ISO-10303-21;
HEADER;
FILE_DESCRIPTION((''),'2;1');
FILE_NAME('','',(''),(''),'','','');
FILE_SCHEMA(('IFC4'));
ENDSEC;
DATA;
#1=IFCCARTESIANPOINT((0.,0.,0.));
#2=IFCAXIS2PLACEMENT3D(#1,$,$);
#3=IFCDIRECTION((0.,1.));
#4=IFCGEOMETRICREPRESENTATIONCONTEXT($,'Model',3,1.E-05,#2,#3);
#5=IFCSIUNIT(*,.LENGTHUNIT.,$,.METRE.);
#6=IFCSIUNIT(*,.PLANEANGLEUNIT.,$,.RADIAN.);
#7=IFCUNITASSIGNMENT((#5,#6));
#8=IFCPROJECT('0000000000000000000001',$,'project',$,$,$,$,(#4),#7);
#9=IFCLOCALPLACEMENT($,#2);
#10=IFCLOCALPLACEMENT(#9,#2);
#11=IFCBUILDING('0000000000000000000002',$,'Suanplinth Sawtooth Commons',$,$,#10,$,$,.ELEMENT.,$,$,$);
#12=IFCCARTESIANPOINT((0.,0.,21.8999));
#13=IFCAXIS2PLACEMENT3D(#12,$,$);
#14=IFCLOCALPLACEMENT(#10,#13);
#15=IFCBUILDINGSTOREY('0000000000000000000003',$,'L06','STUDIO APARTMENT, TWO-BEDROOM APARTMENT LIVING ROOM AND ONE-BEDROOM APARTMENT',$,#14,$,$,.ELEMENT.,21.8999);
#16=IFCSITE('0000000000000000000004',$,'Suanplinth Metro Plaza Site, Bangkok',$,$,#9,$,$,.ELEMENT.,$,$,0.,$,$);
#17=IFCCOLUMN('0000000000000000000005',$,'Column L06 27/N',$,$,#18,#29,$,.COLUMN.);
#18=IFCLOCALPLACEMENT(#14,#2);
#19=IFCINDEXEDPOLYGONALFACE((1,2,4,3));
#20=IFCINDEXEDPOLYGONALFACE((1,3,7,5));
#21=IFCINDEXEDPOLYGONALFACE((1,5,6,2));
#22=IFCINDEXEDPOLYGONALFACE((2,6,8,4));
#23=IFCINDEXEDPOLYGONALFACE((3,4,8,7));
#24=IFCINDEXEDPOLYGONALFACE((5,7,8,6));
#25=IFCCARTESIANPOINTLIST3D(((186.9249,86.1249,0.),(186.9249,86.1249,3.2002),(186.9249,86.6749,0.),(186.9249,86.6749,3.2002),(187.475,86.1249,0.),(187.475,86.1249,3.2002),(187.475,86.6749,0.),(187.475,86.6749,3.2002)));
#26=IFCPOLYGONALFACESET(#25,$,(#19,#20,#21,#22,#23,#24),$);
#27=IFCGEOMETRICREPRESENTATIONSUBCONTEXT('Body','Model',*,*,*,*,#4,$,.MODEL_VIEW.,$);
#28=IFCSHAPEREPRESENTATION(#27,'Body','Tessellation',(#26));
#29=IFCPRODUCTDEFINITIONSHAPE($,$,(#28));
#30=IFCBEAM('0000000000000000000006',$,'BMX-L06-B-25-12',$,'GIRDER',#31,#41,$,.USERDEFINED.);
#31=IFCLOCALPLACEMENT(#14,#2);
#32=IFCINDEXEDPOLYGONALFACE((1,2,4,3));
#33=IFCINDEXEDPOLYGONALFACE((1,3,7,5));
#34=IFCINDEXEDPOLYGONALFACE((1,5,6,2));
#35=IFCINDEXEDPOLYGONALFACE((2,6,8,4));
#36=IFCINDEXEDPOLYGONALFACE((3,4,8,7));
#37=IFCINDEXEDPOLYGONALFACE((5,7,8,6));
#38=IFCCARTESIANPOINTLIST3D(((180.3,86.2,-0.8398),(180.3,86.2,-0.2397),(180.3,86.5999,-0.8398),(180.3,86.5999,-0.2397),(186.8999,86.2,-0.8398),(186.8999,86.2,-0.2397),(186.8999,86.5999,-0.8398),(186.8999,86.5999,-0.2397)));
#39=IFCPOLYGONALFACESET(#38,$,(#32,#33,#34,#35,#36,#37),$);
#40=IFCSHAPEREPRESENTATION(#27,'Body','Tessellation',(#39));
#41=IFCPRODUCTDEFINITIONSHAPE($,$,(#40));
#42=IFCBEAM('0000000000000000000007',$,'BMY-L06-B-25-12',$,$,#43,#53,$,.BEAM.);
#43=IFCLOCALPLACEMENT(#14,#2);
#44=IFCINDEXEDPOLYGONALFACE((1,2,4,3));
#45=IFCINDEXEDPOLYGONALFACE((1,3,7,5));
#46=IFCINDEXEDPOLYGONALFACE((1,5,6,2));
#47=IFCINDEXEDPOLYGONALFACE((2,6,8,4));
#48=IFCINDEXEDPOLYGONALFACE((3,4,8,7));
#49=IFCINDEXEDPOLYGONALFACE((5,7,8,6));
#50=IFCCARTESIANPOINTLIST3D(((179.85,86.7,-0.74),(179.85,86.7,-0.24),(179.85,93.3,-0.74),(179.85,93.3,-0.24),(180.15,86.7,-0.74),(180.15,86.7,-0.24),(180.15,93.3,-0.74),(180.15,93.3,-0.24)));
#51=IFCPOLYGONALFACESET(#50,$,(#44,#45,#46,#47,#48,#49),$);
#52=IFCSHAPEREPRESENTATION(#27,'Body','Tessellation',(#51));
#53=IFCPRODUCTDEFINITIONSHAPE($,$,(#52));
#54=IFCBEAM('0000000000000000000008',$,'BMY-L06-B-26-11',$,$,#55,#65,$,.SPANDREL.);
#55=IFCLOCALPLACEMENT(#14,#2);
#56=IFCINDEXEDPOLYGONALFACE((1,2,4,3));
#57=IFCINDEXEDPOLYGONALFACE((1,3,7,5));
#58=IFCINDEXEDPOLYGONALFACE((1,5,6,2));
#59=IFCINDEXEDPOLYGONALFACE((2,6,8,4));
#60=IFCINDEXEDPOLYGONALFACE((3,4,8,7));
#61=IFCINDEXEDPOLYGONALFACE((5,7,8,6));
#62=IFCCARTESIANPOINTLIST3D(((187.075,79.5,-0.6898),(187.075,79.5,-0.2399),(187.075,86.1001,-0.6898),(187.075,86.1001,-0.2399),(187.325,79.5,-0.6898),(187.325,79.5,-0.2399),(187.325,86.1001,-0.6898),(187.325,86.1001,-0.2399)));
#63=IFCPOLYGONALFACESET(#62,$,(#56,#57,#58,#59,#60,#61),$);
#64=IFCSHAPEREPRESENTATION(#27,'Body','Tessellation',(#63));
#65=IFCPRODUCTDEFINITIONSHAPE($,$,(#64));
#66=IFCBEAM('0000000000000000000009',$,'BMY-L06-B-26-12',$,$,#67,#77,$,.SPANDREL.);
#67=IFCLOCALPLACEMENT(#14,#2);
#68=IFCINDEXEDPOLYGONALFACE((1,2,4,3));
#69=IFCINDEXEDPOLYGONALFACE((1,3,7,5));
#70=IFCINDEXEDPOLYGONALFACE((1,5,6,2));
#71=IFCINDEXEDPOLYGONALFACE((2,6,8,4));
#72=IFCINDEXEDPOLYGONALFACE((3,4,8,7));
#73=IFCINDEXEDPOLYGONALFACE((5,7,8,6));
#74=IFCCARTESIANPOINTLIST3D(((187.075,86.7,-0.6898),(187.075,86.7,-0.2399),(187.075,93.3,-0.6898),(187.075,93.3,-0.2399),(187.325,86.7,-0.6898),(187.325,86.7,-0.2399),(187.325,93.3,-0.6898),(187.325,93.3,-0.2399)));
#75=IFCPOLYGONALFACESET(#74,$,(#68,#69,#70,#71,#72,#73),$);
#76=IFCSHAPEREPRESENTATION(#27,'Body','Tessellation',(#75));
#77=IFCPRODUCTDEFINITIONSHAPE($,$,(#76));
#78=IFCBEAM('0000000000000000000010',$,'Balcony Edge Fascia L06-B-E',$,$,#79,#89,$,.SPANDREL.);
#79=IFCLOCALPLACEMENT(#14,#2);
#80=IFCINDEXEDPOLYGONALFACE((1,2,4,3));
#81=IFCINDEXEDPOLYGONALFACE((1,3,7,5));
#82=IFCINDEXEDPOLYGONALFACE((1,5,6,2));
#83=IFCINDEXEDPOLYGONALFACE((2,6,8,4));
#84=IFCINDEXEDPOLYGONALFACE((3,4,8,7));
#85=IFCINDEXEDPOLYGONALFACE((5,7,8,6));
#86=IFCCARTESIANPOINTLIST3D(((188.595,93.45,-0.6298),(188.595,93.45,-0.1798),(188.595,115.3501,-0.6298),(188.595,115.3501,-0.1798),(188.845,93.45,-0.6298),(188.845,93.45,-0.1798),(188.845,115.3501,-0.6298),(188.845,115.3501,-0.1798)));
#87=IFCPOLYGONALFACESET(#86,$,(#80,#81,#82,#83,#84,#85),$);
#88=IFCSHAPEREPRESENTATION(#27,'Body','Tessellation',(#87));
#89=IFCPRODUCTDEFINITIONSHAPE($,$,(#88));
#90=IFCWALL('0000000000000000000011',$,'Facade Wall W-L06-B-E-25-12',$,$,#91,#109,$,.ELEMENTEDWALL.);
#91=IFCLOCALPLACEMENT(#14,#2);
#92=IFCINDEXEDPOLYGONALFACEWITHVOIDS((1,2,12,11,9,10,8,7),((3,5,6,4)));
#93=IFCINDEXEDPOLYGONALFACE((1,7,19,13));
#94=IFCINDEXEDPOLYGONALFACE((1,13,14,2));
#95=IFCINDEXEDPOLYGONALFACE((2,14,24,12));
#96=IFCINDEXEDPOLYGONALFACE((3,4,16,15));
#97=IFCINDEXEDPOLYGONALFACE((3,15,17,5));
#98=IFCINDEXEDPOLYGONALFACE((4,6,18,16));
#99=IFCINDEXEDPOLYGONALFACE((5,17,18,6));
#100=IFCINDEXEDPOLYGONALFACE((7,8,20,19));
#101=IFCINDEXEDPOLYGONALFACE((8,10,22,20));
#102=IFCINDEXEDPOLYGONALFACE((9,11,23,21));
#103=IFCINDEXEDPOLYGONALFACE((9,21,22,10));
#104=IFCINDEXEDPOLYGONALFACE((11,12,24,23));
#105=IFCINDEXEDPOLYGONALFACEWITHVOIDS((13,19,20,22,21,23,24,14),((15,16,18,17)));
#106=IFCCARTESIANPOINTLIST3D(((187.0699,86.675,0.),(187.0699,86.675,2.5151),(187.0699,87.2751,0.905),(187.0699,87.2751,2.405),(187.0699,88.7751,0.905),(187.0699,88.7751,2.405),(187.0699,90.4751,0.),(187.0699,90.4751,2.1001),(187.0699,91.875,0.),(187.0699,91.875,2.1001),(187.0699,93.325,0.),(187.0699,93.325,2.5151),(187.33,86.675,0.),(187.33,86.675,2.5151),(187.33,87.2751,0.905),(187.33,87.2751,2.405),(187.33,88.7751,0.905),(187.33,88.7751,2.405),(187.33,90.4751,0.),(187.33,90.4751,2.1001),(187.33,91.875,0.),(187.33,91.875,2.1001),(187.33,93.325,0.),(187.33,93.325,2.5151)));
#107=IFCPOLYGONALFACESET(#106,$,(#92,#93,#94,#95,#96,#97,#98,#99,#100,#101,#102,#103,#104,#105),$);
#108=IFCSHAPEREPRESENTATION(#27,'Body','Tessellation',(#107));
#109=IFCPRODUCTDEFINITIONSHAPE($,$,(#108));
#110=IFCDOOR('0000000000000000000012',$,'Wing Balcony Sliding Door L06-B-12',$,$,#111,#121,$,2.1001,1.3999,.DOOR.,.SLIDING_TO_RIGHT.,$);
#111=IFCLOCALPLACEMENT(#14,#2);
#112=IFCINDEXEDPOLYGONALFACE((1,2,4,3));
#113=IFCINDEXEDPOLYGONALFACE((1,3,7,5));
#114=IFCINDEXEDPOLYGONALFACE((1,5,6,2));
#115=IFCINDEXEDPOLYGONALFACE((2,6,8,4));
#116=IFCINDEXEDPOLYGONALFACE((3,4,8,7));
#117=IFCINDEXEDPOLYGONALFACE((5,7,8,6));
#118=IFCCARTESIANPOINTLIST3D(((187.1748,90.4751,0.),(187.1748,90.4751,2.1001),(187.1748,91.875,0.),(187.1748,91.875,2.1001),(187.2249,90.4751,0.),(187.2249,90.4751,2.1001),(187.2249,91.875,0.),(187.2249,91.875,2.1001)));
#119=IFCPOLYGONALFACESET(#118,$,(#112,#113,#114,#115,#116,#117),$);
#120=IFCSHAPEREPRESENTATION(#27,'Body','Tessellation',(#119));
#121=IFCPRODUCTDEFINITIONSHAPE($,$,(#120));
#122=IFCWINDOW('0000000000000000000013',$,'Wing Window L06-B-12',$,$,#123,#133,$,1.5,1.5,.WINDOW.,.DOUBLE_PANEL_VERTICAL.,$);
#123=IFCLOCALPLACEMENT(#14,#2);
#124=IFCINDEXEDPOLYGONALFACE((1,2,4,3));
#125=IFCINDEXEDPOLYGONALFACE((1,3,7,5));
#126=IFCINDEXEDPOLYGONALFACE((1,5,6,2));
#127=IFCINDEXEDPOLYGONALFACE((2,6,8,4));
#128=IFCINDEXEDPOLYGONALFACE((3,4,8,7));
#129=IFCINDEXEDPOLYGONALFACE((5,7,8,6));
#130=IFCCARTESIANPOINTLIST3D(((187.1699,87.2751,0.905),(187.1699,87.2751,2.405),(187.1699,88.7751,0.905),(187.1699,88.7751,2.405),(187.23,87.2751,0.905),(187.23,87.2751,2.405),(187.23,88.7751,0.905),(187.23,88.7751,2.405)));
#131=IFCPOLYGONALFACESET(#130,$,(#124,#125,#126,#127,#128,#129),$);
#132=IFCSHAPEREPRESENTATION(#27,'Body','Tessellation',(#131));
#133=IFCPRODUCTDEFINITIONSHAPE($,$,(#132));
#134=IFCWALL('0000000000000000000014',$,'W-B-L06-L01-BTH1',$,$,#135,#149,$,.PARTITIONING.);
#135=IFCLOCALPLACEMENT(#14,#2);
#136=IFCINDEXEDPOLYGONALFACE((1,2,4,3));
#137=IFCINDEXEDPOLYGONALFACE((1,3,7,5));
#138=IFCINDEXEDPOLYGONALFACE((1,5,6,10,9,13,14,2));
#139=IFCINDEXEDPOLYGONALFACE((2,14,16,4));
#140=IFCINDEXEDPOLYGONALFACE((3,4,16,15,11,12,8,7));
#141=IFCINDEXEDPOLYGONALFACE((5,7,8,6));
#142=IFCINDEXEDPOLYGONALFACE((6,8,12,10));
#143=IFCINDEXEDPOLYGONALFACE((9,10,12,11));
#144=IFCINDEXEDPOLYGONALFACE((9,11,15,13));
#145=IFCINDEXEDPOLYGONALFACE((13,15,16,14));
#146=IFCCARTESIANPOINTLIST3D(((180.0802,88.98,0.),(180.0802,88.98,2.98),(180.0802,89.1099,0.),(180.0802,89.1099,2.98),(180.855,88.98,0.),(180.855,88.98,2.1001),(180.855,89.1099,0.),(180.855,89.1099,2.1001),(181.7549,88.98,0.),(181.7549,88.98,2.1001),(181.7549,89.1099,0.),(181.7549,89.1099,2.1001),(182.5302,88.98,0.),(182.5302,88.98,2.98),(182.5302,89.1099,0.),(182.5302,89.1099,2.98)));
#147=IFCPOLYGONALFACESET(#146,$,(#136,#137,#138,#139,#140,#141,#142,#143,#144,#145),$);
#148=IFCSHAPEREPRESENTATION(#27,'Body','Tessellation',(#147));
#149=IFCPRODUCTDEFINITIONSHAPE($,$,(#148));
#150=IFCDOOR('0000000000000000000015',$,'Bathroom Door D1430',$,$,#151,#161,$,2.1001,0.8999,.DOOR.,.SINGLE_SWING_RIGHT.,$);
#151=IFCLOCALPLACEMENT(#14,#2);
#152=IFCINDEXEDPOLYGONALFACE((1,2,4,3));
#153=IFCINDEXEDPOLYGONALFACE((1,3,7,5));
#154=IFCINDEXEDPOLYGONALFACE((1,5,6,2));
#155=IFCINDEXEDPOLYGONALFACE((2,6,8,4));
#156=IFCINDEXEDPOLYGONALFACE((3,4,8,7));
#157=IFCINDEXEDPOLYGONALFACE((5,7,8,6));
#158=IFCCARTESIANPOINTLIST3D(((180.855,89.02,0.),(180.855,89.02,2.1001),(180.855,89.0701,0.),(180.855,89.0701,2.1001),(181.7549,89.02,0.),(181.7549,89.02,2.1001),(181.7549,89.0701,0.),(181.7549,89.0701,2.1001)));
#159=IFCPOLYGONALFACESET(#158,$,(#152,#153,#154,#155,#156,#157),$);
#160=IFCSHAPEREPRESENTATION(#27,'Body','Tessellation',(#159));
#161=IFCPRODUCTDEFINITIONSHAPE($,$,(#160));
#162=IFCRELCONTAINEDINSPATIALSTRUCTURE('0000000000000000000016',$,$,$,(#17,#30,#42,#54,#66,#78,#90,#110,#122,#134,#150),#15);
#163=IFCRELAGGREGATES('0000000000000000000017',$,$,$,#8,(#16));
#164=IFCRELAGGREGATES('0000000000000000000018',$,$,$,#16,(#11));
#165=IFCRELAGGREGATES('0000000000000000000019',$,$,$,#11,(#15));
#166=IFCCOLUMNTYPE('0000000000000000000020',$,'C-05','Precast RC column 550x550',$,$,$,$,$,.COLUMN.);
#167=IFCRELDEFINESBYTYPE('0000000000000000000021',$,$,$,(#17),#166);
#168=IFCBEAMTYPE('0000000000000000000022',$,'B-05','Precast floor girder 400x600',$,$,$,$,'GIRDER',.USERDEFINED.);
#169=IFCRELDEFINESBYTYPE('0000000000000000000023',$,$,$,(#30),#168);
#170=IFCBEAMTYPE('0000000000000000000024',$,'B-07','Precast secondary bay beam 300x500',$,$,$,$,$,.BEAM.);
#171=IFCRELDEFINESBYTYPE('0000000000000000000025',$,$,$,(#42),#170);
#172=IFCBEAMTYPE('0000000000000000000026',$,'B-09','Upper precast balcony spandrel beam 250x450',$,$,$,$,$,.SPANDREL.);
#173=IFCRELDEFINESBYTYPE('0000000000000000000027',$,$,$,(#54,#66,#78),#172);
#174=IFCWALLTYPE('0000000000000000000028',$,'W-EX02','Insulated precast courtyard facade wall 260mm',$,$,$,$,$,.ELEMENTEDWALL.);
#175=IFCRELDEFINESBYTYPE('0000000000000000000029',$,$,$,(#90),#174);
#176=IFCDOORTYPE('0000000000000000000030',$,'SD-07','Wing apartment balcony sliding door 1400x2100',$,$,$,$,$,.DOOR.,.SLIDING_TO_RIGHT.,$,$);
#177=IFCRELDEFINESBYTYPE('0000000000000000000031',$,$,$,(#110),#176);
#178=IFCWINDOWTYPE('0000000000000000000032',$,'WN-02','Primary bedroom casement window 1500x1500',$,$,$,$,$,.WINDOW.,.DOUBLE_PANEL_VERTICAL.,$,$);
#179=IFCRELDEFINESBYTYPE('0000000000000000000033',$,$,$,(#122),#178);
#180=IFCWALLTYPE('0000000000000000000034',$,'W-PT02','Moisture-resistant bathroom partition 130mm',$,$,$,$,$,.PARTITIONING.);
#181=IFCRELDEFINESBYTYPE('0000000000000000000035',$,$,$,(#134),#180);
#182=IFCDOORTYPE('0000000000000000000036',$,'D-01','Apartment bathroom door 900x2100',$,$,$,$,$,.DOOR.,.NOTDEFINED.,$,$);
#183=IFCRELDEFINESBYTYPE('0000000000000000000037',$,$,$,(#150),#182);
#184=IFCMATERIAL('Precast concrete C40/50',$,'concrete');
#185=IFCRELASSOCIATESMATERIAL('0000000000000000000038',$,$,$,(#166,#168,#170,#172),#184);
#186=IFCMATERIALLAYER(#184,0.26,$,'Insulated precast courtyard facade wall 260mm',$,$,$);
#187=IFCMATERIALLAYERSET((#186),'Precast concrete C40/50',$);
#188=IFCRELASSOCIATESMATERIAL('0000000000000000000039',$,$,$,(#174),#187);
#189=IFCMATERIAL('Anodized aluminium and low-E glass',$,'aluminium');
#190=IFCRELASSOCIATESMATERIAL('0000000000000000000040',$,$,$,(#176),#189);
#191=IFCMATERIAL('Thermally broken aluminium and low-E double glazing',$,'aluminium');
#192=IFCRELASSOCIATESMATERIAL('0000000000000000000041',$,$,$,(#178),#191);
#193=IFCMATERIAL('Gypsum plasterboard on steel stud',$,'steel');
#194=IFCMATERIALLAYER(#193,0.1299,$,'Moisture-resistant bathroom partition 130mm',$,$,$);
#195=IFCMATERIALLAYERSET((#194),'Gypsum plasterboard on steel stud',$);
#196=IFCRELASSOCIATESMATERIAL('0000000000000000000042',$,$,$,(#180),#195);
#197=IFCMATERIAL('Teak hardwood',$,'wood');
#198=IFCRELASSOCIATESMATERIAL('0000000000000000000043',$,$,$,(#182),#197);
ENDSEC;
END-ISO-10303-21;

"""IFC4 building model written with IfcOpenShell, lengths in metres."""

from ifc_helpers import new_model, si_unit, direction, frame, frame_2d, origin, origin_2d, place, context, subcontext, project, spatial, rectangle, extrude, material, layer, layer_set, material_profile, profile_set, type_object, element, fill, save


model = new_model("IFC4")

# Units and contexts
model_context = context("Model", 3, precision=1e-05, world=origin(), true_north=direction((0.0, 1.0)))
body_context = subcontext(model_context, "Body", "Model", "MODEL_VIEW")
ifc_project = project(units=[si_unit("LENGTHUNIT", "METRE"), si_unit("PLANEANGLEUNIT", "RADIAN")], contexts=[model_context])

# Site, building, storey
site_placement = place(None, origin())
site = spatial("IfcSite", under=ifc_project, at=site_placement, Name="Suanplinth Metro Plaza Site, Bangkok", CompositionType="ELEMENT", RefElevation=0.0)
building_placement = place(site_placement, origin())
building = spatial("IfcBuilding", under=site, at=building_placement, Name="Suanplinth Sawtooth Commons", CompositionType="ELEMENT")
storey_placement = place(building_placement, frame((0.0, 0.0, 21.8999)))
storey = spatial("IfcBuildingStorey", under=building, at=storey_placement, Name="L06", Description="STUDIO APARTMENT, TWO-BEDROOM APARTMENT LIVING ROOM AND ONE-BEDROOM APARTMENT", CompositionType="ELEMENT", Elevation=21.8999)

# Column
ifc_material_1 = material(Name="Precast concrete C40/50", Category="concrete")
ifc_material_profile_1 = material_profile(ifc_material_1, rectangle(XDim=0.55, YDim=0.55, at=origin_2d()), Name="PC-COL 550x550")
ifc_profile_set_1 = profile_set([ifc_material_profile_1], Name="Precast concrete C40/50")
column_type = type_object("IfcColumnType", Name="C-05", Description="Precast RC column 550x550", PredefinedType="COLUMN", material=ifc_profile_set_1)
column_placement = place(storey_placement, frame((187.2, 86.3999, 0.0), z_axis=(0.0, 0.0, 1.0), x_axis=(1.0, 0.0, 0.0)))
element("IfcColumn", 1, at=column_placement, inside=storey, type_object=column_type, Name="Column L06 27/N", PredefinedType="COLUMN", context=body_context, shape_type="SweptSolid", body=[
    extrude(rectangle(XDim=0.55, YDim=0.55, at=origin_2d()), origin(), (0.0, 0.0, 1.0), 3.2002),
])

# Beams
ifc_material_profile_2 = material_profile(ifc_material_1, rectangle(XDim=0.3999, YDim=0.6001, at=origin_2d()), Name="PC-GDR 400x600")
ifc_profile_set_2 = profile_set([ifc_material_profile_2], Name="Precast concrete C40/50")
beam_type_1 = type_object("IfcBeamType", Name="B-05", Description="Precast floor girder 400x600", ElementType="GIRDER", PredefinedType="USERDEFINED", material=ifc_profile_set_2)
beam_1_placement = place(storey_placement, frame((180.3, 86.3999, -0.5398), z_axis=(1.0, 0.0, 0.0), x_axis=(0.0, 1.0, 0.0)))
element("IfcBeam", 2, at=beam_1_placement, inside=storey, type_object=beam_type_1, Name="BMX-L06-B-25-12", ObjectType="GIRDER", PredefinedType="USERDEFINED", context=body_context, shape_type="SweptSolid", body=[
    extrude(rectangle(XDim=0.3999, YDim=0.6001, at=origin_2d()), origin(), (0.0, 0.0, 1.0), 6.5999),
])
ifc_material_profile_3 = material_profile(ifc_material_1, rectangle(XDim=0.3, YDim=0.5, at=origin_2d()), Name="PC-BM 300x500")
ifc_profile_set_3 = profile_set([ifc_material_profile_3], Name="Precast concrete C40/50")
beam_type_2 = type_object("IfcBeamType", Name="B-07", Description="Precast secondary bay beam 300x500", PredefinedType="BEAM", material=ifc_profile_set_3)
beam_2_placement = place(storey_placement, frame((180.0, 86.7, -0.49), z_axis=(0.0, 1.0, 0.0), x_axis=(-1.0, 0.0, 0.0)))
element("IfcBeam", 3, at=beam_2_placement, inside=storey, type_object=beam_type_2, Name="BMY-L06-B-25-12", PredefinedType="BEAM", context=body_context, shape_type="SweptSolid", body=[
    extrude(rectangle(XDim=0.3, YDim=0.5, at=origin_2d()), origin(), (0.0, 0.0, 1.0), 6.6001),
])
ifc_material_profile_4 = material_profile(ifc_material_1, rectangle(XDim=0.25, YDim=0.45, at=origin_2d()), Name="PC-SP 250x450")
ifc_profile_set_4 = profile_set([ifc_material_profile_4], Name="Precast concrete C40/50")
beam_type_3 = type_object("IfcBeamType", Name="B-09", Description="Upper precast balcony spandrel beam 250x450", PredefinedType="SPANDREL", material=ifc_profile_set_4)
for number, where, z_axis, x_axis, name in (
    (4, (187.2, 79.5, -0.4648), (0.0, 1.0, 0.0), (-1.0, 0.0, 0.0), "BMY-L06-B-26-11"),
    (5, (187.2, 86.7, -0.4648), (0.0, 1.0, 0.0), (-1.0, 0.0, 0.0), "BMY-L06-B-26-12"),
):
    element("IfcBeam", number, at=place(storey_placement, frame(where, z_axis=z_axis, x_axis=x_axis)), inside=storey, type_object=beam_type_3, Name=name, PredefinedType="SPANDREL", context=body_context, shape_type="SweptSolid", body=[
        extrude(rectangle(XDim=0.25, YDim=0.45, at=origin_2d()), origin(), (0.0, 0.0, 1.0), 6.6001),
    ])
beam_3_placement = place(storey_placement, frame((188.72, 93.45, -0.4048), z_axis=(0.0, 1.0, 0.0), x_axis=(-1.0, 0.0, 0.0)))
element("IfcBeam", 6, at=beam_3_placement, inside=storey, type_object=beam_type_3, Name="Balcony Edge Fascia L06-B-E", PredefinedType="SPANDREL", context=body_context, shape_type="SweptSolid", body=[
    extrude(rectangle(XDim=0.25, YDim=0.45, at=origin_2d()), origin(), (0.0, 0.0, 1.0), 21.9001),
])

# Shared definitions
ifc_layer_1 = layer(ifc_material_1, 0.26, Name="Insulated precast courtyard facade wall 260mm")
ifc_layer_set_1 = layer_set([ifc_layer_1], Name="Precast concrete C40/50")
wall_type_1 = type_object("IfcWallType", Name="W-EX02", Description="Insulated precast courtyard facade wall 260mm", PredefinedType="ELEMENTEDWALL", material=ifc_layer_set_1)
ifc_material_2 = material(Name="Anodized aluminium and low-E glass", Category="aluminium")

# Wall, openings, door, window
wall_1_placement = place(storey_placement, frame((187.2, 86.675, 0.0), z_axis=(0.0, 0.0, 1.0), x_axis=(0.0, 1.0, 0.0)))
wall_1 = element("IfcWall", 7, at=wall_1_placement, inside=storey, type_object=wall_type_1, Name="Facade Wall W-L06-B-E-25-12", PredefinedType="ELEMENTEDWALL", context=body_context, shape_type="SweptSolid", body=[
    extrude(rectangle(XDim=6.6499, YDim=0.26, at=frame_2d((3.325, 0.0))), origin(), (0.0, 0.0, 1.0), 2.5151),
])
opening_1_placement = place(wall_1_placement, frame((3.8, 0.0, 0.0)))
opening_1 = element("IfcOpeningElement", 8, at=opening_1_placement, cuts=wall_1, PredefinedType="OPENING", context=body_context, shape_type="SweptSolid", body=[
    extrude(rectangle(XDim=1.3999, YDim=2.1001, at=frame_2d((0.7, 1.05))), frame((0.0, 0.145, 0.0), z_axis=(0.0, -1.0, 0.0), x_axis=(1.0, 0.0, 0.0)), (0.0, 0.0, 1.0), 0.2898),
])
opening_2_placement = place(wall_1_placement, frame((0.6001, 0.0, 0.905)))
opening_2 = element("IfcOpeningElement", 9, at=opening_2_placement, cuts=wall_1, PredefinedType="OPENING", context=body_context, shape_type="SweptSolid", body=[
    extrude(rectangle(XDim=1.5, YDim=1.5, at=frame_2d((0.75, 0.75))), frame((0.0, 0.145, 0.0), z_axis=(0.0, -1.0, 0.0), x_axis=(1.0, 0.0, 0.0)), (0.0, 0.0, 1.0), 0.2898),
])
door_type_1 = type_object("IfcDoorType", Name="SD-07", Description="Wing apartment balcony sliding door 1400x2100", OperationType="SLIDING_TO_RIGHT", PredefinedType="DOOR", material=ifc_material_2)
door_1_placement = place(opening_1_placement, frame((1.3999, 0.0, 0.0), z_axis=(0.0, 0.0, 1.0), x_axis=(-1.0, 0.0, 0.0)))
door_1 = element("IfcDoor", 10, at=door_1_placement, inside=storey, type_object=door_type_1, Name="Wing Balcony Sliding Door L06-B-12", OperationType="SLIDING_TO_RIGHT", OverallHeight=2.1001, OverallWidth=1.3999, PredefinedType="DOOR", context=body_context, shape_type="SweptSolid", body=[
    extrude(rectangle(XDim=1.3999, YDim=2.1001, at=frame_2d((0.7, 1.05))), frame((0.0, 0.0249, 0.0), z_axis=(0.0, -1.0, 0.0), x_axis=(1.0, 0.0, 0.0)), (0.0, 0.0, 1.0), 0.05),
])
fill(opening_1, door_1)
ifc_material_3 = material(Name="Thermally broken aluminium and low-E double glazing", Category="aluminium")
window_type = type_object("IfcWindowType", Name="WN-02", Description="Primary bedroom casement window 1500x1500", PartitioningType="DOUBLE_PANEL_VERTICAL", PredefinedType="WINDOW", material=ifc_material_3)
window_placement = place(opening_2_placement, origin())
window = element("IfcWindow", 11, at=window_placement, inside=storey, type_object=window_type, Name="Wing Window L06-B-12", OverallHeight=1.5, OverallWidth=1.5, PartitioningType="DOUBLE_PANEL_VERTICAL", PredefinedType="WINDOW", context=body_context, shape_type="SweptSolid", body=[
    extrude(rectangle(XDim=1.5, YDim=1.5, at=frame_2d((0.75, 0.75))), frame((0.0, 0.03, 0.0), z_axis=(0.0, -1.0, 0.0), x_axis=(1.0, 0.0, 0.0)), (0.0, 0.0, 1.0), 0.0601),
])
fill(opening_2, window)

# Wall, opening, door
ifc_material_4 = material(Name="Gypsum plasterboard on steel stud", Category="steel")
ifc_layer_2 = layer(ifc_material_4, 0.1299, Name="Moisture-resistant bathroom partition 130mm")
ifc_layer_set_2 = layer_set([ifc_layer_2], Name="Gypsum plasterboard on steel stud")
wall_type_2 = type_object("IfcWallType", Name="W-PT02", Description="Moisture-resistant bathroom partition 130mm", PredefinedType="PARTITIONING", material=ifc_layer_set_2)
wall_2_placement = place(storey_placement, frame((180.0801, 89.0449, 0.0), z_axis=(0.0, 0.0, 1.0), x_axis=(1.0, 0.0, 0.0)))
wall_2 = element("IfcWall", 12, at=wall_2_placement, inside=storey, type_object=wall_type_2, Name="W-B-L06-L01-BTH1", PredefinedType="PARTITIONING", context=body_context, shape_type="SweptSolid", body=[
    extrude(rectangle(XDim=2.45, YDim=0.1299, at=frame_2d((1.2251, 0.0))), origin(), (0.0, 0.0, 1.0), 2.98),
])
opening_3_placement = place(wall_2_placement, frame((0.7749, 0.0, 0.0)))
opening_3 = element("IfcOpeningElement", 13, at=opening_3_placement, cuts=wall_2, PredefinedType="OPENING", context=body_context, shape_type="SweptSolid", body=[
    extrude(rectangle(XDim=0.8999, YDim=2.1001, at=frame_2d((0.45, 1.05))), frame((0.0, 0.0798, 0.0), z_axis=(0.0, -1.0, 0.0), x_axis=(1.0, 0.0, 0.0)), (0.0, 0.0, 1.0), 0.1597),
])
ifc_material_5 = material(Name="Teak hardwood", Category="wood")
door_type_2 = type_object("IfcDoorType", Name="D-01", Description="Apartment bathroom door 900x2100", OperationType="NOTDEFINED", PredefinedType="DOOR", material=ifc_material_5)
door_2_placement = place(opening_3_placement, frame((0.8999, 0.0, 0.0), z_axis=(0.0, 0.0, 1.0), x_axis=(-1.0, 0.0, 0.0)))
door_2 = element("IfcDoor", 14, at=door_2_placement, inside=storey, type_object=door_type_2, Name="Bathroom Door D1430", OperationType="SINGLE_SWING_RIGHT", OverallHeight=2.1001, OverallWidth=0.8999, PredefinedType="DOOR", context=body_context, shape_type="SweptSolid", body=[
    extrude(rectangle(XDim=0.8999, YDim=2.1001, at=frame_2d((0.45, 1.05))), frame((0.0, 0.0249, 0.0), z_axis=(0.0, -1.0, 0.0), x_axis=(1.0, 0.0, 0.0)), (0.0, 0.0, 1.0), 0.05),
])
fill(opening_3, door_2)

save(model, "model.ifc")
